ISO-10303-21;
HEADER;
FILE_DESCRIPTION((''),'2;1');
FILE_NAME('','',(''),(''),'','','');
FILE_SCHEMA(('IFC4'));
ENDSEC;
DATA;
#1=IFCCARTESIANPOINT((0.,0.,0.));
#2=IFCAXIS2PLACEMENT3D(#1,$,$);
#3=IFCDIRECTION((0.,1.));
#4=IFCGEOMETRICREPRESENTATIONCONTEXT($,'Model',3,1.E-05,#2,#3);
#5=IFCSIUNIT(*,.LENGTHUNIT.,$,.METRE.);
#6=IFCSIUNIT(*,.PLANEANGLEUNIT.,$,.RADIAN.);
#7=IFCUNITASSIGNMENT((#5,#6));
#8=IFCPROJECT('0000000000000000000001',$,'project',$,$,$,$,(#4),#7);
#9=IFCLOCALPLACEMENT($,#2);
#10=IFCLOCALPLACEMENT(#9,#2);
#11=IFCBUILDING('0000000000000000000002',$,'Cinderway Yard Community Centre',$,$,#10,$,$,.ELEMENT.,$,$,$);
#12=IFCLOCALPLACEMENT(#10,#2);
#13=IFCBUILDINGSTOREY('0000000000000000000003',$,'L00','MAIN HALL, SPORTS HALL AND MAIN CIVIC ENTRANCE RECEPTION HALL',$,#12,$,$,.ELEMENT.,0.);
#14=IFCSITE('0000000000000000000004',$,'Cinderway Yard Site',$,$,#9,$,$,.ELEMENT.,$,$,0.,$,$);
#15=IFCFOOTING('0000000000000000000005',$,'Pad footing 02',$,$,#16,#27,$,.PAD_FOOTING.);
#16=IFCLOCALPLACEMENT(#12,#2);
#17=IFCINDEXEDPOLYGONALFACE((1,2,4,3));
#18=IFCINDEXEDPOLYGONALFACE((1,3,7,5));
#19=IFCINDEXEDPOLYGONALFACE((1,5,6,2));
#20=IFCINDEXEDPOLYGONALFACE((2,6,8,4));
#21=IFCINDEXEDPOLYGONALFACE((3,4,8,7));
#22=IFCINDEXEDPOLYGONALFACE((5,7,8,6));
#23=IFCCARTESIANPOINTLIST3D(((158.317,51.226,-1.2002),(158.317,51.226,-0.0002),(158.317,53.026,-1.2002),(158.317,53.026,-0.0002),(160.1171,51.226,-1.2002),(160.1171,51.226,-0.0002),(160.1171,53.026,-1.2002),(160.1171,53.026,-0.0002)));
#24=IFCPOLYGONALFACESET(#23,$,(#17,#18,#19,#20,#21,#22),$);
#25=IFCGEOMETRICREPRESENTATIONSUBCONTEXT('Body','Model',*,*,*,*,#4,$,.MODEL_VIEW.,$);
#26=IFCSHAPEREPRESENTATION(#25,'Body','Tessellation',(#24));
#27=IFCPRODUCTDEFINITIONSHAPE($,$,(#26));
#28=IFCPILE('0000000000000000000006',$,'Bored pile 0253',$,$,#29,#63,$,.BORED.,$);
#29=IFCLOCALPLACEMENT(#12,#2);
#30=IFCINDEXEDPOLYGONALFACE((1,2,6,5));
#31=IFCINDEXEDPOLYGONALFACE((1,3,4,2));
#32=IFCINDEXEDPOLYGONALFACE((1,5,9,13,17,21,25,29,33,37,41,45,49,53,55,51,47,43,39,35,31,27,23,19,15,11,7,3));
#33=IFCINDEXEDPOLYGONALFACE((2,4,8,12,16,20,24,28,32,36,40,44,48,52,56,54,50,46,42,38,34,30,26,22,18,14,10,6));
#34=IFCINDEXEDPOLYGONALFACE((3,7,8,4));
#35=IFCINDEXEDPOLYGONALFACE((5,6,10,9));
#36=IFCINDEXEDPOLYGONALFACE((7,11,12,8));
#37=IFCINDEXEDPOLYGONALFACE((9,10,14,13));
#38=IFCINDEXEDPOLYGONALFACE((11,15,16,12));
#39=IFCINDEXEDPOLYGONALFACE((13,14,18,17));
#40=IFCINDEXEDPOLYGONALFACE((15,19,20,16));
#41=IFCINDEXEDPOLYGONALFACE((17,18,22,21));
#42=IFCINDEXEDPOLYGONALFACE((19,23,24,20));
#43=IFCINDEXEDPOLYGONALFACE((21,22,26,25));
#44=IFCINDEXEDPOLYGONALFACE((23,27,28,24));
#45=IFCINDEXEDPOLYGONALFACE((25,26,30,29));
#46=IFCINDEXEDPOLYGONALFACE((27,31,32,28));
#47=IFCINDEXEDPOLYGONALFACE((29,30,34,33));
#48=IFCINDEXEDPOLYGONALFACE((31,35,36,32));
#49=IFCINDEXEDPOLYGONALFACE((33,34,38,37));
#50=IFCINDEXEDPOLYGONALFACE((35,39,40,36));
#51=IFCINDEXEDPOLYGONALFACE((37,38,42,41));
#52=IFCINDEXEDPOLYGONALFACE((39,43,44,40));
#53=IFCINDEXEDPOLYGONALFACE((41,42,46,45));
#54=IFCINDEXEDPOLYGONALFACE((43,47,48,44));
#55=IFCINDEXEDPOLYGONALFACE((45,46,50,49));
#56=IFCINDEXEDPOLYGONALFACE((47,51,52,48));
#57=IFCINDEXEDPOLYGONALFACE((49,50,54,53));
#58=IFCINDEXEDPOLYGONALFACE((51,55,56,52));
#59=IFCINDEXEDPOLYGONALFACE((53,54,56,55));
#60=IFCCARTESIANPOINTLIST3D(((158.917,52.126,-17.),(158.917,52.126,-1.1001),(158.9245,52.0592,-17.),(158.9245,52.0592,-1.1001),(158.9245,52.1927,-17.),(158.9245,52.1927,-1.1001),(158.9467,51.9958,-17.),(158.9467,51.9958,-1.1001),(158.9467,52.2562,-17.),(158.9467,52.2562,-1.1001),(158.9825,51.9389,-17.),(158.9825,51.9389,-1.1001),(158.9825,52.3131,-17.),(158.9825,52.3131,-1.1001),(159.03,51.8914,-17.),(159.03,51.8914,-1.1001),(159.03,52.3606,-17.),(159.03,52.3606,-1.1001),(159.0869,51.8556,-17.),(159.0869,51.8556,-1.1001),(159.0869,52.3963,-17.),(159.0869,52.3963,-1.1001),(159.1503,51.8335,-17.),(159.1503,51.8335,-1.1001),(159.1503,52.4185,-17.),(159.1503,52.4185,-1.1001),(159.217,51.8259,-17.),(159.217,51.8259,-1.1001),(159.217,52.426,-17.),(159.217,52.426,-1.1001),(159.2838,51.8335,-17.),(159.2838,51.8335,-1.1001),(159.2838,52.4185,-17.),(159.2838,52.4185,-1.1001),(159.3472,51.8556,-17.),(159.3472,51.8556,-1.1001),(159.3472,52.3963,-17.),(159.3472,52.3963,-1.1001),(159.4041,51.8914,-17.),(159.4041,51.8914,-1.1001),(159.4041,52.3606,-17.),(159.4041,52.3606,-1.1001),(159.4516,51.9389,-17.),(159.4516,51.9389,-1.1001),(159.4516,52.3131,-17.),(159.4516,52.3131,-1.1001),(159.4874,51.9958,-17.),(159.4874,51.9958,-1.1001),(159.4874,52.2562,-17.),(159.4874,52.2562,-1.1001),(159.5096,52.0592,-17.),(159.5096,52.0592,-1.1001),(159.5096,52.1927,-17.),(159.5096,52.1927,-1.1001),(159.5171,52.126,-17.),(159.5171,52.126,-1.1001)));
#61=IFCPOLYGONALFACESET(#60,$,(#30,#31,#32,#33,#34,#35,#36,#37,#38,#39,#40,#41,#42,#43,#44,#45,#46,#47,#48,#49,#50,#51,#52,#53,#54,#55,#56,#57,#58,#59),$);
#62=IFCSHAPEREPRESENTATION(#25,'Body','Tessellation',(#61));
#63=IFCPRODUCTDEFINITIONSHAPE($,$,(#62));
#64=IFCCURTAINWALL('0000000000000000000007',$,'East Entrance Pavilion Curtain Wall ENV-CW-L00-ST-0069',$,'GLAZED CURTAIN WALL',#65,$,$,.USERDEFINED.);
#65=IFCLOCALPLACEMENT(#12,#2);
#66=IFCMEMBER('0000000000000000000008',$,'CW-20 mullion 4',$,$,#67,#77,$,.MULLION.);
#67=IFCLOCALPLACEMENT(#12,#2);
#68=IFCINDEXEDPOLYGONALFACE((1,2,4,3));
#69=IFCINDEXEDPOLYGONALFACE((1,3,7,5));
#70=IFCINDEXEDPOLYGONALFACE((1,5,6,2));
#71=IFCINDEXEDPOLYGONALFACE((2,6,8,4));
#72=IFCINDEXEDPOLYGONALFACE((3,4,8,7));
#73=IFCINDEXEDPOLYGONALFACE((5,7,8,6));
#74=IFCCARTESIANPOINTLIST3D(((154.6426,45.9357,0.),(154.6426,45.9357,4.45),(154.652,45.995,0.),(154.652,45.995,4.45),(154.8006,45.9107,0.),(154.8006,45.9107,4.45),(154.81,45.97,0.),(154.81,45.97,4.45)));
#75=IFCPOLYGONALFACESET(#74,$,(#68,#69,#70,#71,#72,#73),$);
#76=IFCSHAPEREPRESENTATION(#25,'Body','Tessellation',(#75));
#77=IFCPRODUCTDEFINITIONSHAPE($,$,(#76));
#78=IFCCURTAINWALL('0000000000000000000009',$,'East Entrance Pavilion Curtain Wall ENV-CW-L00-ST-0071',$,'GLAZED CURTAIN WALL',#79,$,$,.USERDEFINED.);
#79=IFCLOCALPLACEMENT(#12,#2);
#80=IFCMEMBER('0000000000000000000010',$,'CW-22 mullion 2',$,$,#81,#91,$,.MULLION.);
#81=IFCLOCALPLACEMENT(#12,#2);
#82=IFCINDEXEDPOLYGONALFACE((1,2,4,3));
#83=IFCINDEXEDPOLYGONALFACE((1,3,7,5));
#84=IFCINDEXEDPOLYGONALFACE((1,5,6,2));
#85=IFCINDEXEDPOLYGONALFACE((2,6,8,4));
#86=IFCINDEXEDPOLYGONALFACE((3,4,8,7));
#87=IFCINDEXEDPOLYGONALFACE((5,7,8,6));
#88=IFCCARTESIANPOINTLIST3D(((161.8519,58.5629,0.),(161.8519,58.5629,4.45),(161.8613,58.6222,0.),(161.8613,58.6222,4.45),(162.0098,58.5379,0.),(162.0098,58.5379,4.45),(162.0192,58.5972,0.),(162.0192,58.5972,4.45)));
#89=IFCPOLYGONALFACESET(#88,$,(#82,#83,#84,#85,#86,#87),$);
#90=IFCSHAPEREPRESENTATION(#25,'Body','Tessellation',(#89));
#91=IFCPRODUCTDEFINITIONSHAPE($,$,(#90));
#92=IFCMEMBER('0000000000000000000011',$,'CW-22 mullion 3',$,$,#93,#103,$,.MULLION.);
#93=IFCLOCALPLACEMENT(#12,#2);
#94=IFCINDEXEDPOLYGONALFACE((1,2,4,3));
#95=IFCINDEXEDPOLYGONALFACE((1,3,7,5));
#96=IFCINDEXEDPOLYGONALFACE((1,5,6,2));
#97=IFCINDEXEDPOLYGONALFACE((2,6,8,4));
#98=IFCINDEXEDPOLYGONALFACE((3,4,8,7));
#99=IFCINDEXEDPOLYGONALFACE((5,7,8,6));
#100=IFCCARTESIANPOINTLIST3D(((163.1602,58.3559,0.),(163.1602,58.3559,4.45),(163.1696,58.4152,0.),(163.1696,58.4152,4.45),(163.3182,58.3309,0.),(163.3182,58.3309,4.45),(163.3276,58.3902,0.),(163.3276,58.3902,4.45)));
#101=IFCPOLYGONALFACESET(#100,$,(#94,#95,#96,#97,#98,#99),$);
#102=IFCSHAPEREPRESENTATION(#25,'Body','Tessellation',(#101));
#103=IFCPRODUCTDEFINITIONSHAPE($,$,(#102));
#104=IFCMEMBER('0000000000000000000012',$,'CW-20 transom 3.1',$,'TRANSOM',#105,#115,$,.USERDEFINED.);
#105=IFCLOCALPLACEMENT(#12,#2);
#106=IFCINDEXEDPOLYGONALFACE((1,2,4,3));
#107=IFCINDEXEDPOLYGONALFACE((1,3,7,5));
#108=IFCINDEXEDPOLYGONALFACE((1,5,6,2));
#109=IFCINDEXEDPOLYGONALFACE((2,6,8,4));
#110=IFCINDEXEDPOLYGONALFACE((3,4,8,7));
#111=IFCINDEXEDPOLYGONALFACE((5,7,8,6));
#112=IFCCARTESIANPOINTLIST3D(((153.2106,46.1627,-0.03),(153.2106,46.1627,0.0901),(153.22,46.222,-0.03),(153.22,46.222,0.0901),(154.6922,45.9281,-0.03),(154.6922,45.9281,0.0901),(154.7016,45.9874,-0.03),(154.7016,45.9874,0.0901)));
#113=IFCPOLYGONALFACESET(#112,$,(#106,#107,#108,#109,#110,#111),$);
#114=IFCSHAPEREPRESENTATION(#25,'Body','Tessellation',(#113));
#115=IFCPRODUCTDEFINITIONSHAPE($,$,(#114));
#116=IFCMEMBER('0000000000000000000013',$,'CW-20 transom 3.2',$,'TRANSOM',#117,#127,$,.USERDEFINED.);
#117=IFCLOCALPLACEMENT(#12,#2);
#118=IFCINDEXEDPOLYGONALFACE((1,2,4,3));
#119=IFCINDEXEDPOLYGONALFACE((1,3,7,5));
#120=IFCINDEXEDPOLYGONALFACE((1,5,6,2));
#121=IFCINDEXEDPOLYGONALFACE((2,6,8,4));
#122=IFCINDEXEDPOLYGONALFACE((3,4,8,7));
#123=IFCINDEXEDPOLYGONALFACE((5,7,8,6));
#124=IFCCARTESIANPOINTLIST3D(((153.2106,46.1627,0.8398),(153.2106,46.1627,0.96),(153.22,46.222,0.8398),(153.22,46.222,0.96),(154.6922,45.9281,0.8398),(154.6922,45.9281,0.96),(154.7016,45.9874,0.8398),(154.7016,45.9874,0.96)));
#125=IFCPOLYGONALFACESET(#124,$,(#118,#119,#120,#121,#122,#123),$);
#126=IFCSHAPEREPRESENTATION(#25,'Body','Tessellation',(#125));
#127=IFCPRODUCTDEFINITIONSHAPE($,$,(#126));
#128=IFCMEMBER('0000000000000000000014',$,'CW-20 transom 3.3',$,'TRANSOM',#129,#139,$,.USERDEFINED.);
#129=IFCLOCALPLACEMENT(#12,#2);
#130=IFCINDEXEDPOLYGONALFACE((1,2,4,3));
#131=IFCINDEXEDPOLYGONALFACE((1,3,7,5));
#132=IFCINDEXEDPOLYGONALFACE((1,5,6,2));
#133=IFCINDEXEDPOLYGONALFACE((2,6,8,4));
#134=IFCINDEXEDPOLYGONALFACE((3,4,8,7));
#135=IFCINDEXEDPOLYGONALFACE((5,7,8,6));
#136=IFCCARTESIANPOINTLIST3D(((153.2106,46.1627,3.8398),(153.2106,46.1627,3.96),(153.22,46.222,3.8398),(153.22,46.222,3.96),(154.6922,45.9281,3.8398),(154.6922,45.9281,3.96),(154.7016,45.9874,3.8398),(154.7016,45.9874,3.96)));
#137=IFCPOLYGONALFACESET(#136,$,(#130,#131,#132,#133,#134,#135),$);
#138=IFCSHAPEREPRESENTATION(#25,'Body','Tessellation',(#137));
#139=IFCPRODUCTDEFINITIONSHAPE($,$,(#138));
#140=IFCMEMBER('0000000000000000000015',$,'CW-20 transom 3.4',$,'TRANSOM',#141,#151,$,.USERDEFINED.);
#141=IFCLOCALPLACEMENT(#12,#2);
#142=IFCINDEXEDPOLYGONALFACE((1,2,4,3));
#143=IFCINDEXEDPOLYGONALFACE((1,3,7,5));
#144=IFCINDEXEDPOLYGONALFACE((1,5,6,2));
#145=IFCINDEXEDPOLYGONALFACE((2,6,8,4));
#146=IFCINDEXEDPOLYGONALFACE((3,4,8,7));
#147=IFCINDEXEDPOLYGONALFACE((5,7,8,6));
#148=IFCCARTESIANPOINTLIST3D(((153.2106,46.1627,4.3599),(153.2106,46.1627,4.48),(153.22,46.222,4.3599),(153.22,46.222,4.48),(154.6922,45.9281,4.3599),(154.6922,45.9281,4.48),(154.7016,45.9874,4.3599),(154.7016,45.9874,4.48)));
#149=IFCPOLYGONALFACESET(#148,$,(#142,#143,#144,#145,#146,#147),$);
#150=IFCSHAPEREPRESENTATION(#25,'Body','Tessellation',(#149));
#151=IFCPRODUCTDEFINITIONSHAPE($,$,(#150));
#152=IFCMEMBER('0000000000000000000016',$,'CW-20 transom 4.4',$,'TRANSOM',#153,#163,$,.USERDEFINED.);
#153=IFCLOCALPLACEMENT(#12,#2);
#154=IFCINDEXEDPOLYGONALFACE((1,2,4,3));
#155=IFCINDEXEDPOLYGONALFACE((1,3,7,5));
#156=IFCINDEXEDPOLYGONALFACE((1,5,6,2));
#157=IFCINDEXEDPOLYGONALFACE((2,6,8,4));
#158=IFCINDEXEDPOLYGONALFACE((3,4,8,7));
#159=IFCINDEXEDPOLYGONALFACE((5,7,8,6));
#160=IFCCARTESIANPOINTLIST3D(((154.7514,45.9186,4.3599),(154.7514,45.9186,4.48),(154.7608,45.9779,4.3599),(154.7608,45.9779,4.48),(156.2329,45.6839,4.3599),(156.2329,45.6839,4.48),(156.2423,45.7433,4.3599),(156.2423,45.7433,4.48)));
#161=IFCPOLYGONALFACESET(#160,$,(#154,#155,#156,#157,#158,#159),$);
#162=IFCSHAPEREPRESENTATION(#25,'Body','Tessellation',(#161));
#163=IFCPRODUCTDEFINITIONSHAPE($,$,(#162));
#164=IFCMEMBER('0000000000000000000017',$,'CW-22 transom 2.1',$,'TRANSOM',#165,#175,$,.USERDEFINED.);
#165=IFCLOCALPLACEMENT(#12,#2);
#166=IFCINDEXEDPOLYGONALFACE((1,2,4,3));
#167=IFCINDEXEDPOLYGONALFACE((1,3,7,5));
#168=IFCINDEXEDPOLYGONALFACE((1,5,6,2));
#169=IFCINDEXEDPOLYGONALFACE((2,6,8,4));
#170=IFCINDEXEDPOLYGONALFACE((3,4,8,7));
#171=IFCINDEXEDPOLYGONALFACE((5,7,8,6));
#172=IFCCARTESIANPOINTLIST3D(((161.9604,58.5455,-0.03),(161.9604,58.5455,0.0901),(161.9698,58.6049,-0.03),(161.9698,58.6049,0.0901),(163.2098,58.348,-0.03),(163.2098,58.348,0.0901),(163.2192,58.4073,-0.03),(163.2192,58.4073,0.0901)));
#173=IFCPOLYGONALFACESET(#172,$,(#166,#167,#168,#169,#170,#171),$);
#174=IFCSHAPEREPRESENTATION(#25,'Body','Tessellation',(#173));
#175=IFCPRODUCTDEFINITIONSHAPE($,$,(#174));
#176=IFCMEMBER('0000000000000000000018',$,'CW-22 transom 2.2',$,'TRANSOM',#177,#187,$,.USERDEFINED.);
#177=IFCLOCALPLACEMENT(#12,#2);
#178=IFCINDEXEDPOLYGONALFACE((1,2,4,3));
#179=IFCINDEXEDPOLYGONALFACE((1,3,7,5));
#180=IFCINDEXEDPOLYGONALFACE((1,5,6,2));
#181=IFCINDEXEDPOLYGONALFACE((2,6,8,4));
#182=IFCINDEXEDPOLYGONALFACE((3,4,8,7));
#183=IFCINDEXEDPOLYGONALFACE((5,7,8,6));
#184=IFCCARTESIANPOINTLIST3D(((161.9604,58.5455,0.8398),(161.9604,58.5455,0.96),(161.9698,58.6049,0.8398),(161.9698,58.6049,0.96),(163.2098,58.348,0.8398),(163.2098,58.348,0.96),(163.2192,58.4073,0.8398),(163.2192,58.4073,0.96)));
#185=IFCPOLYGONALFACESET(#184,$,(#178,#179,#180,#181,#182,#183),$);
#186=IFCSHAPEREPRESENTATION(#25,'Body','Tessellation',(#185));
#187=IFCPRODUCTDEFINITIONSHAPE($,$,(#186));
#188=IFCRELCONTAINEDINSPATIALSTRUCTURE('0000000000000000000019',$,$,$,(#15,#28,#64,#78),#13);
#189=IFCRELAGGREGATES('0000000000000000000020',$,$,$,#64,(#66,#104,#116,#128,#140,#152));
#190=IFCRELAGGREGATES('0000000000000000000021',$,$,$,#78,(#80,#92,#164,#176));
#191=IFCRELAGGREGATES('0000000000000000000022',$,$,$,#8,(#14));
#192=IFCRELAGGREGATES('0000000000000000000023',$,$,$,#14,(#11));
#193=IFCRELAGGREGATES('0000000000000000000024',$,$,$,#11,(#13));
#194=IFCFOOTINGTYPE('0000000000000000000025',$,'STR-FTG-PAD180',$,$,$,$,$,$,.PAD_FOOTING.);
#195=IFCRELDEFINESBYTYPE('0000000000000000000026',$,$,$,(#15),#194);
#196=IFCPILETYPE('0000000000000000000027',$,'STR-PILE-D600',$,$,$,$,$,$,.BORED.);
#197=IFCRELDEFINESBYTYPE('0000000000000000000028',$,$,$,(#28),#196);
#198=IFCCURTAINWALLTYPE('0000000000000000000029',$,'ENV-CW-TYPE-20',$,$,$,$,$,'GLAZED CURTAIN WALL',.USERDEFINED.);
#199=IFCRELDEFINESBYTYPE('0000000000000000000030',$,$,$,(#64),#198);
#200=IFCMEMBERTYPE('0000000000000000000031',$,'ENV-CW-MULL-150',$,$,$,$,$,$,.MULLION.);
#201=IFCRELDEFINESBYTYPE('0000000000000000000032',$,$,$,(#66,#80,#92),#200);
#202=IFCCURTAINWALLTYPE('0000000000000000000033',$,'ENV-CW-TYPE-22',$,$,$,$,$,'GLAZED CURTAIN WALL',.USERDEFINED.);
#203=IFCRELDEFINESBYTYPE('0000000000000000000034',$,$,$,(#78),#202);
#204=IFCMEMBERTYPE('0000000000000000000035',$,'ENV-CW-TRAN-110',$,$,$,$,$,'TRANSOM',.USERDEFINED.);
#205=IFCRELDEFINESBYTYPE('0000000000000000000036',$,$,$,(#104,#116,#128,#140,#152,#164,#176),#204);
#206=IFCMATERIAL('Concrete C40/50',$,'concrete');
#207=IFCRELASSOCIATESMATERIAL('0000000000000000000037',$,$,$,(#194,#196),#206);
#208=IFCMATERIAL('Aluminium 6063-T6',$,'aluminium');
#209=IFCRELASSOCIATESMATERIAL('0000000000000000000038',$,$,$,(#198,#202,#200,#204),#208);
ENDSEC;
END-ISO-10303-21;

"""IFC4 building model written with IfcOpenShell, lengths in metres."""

from ifc_helpers import new_model, si_unit, direction, frame, origin, origin_2d, place, context, subcontext, project, spatial, rectangle, circle, extrude, material, material_profile, profile_set, type_object, element, aggregate, save


model = new_model("IFC4")

# Units and contexts
model_context = context("Model", 3, precision=1e-05, world=origin(), true_north=direction((0.0, 1.0)))
body_context = subcontext(model_context, "Body", "Model", "MODEL_VIEW")
ifc_project = project(units=[si_unit("LENGTHUNIT", "METRE"), si_unit("PLANEANGLEUNIT", "RADIAN")], contexts=[model_context])

# Site, building, storey
site_placement = place(None, origin())
site = spatial("IfcSite", under=ifc_project, at=site_placement, Name="Cinderway Yard Site", CompositionType="ELEMENT", RefElevation=0.0)
building_placement = place(site_placement, origin())
building = spatial("IfcBuilding", under=site, at=building_placement, Name="Cinderway Yard Community Centre", CompositionType="ELEMENT")
storey_placement = place(building_placement, origin())
storey = spatial("IfcBuildingStorey", under=building, at=storey_placement, Name="L00", Description="MAIN HALL, SPORTS HALL AND MAIN CIVIC ENTRANCE RECEPTION HALL", CompositionType="ELEMENT", Elevation=0.0)

# Footing
ifc_material_1 = material(Name="Concrete C40/50", Category="concrete")
footing_type = type_object("IfcFootingType", Name="STR-FTG-PAD180", PredefinedType="PAD_FOOTING", material=ifc_material_1)
footing_placement = place(storey_placement, frame((159.217, 52.126, -1.2002), z_axis=(0.0, 0.0, 1.0), x_axis=(1.0, 0.0, 0.0)))
element("IfcFooting", 1, at=footing_placement, inside=storey, type_object=footing_type, Name="Pad footing 02", PredefinedType="PAD_FOOTING", context=body_context, shape_type="SweptSolid", body=[
    extrude(rectangle(XDim=1.8, YDim=1.8, at=origin_2d()), origin(), (0.0, 0.0, 1.0), 1.2),
])

# Pile
ifc_material_profile_1 = material_profile(ifc_material_1, circle(Radius=0.3, at=origin_2d()), Name="Concrete C40/50")
ifc_profile_set_1 = profile_set([ifc_material_profile_1], Name="Concrete C40/50")
pile_type = type_object("IfcPileType", Name="STR-PILE-D600", PredefinedType="BORED", material=ifc_profile_set_1)
pile_placement = place(storey_placement, frame((159.217, 52.126, -1.1001), z_axis=(0.0, 0.0, -1.0), x_axis=(1.0, 0.0, 0.0)))
element("IfcPile", 2, at=pile_placement, inside=storey, type_object=pile_type, Name="Bored pile 0253", PredefinedType="BORED", context=body_context, shape_type="SweptSolid", body=[
    extrude(circle(Radius=0.3, at=origin_2d()), origin(), (0.0, 0.0, 1.0), 15.8999),
])

# Curtain wall, member
ifc_material_2 = material(Name="Aluminium 6063-T6", Category="aluminium")
curtain_wall_type_1 = type_object("IfcCurtainWallType", Name="ENV-CW-TYPE-20", ElementType="GLAZED CURTAIN WALL", PredefinedType="USERDEFINED", material=ifc_material_2)
curtain_wall_1_placement = place(storey_placement, origin())
curtain_wall_1 = element("IfcCurtainWall", 3, at=curtain_wall_1_placement, inside=storey, type_object=curtain_wall_type_1, Name="East Entrance Pavilion Curtain Wall ENV-CW-L00-ST-0069", ObjectType="GLAZED CURTAIN WALL", PredefinedType="USERDEFINED")
ifc_material_profile_2 = material_profile(ifc_material_2, rectangle(XDim=0.0601, YDim=0.1599, at=origin_2d()), Name="Aluminium 6063-T6")
ifc_profile_set_2 = profile_set([ifc_material_profile_2], Name="Aluminium 6063-T6")
member_type_1 = type_object("IfcMemberType", Name="ENV-CW-MULL-150", PredefinedType="MULLION", material=ifc_profile_set_2)
member_1_placement = place(storey_placement, frame((154.7263, 45.9529, 0.0), z_axis=(0.0, 0.0, 1.0), x_axis=(0.15641, 0.987692, 0.0)))
member_1 = element("IfcMember", 4, at=member_1_placement, type_object=member_type_1, Name="CW-20 mullion 4", PredefinedType="MULLION", context=body_context, shape_type="SweptSolid", body=[
    extrude(rectangle(XDim=0.0601, YDim=0.1599, at=origin_2d()), origin(), (0.0, 0.0, 1.0), 4.45),
])

# Curtain wall, members
curtain_wall_type_2 = type_object("IfcCurtainWallType", Name="ENV-CW-TYPE-22", ElementType="GLAZED CURTAIN WALL", PredefinedType="USERDEFINED", material=ifc_material_2)
curtain_wall_2_placement = place(storey_placement, origin())
curtain_wall_2 = element("IfcCurtainWall", 5, at=curtain_wall_2_placement, inside=storey, type_object=curtain_wall_type_2, Name="East Entrance Pavilion Curtain Wall ENV-CW-L00-ST-0071", ObjectType="GLAZED CURTAIN WALL", PredefinedType="USERDEFINED")
member_2_placement = place(storey_placement, frame((161.9355, 58.5801, 0.0), z_axis=(0.0, 0.0, 1.0), x_axis=(0.156253, 0.987717, 0.0)))
member_2 = element("IfcMember", 6, at=member_2_placement, type_object=member_type_1, Name="CW-22 mullion 2", PredefinedType="MULLION", context=body_context, shape_type="SweptSolid", body=[
    extrude(rectangle(XDim=0.0601, YDim=0.1599, at=origin_2d()), origin(), (0.0, 0.0, 1.0), 4.45),
])
member_3_placement = place(storey_placement, frame((163.2439, 58.373, 0.0), z_axis=(0.0, 0.0, 1.0), x_axis=(0.156253, 0.987717, 0.0)))
member_3 = element("IfcMember", 7, at=member_3_placement, type_object=member_type_1, Name="CW-22 mullion 3", PredefinedType="MULLION", context=body_context, shape_type="SweptSolid", body=[
    extrude(rectangle(XDim=0.0601, YDim=0.1599, at=origin_2d()), origin(), (0.0, 0.0, 1.0), 4.45),
])

# Members
ifc_material_profile_3 = material_profile(ifc_material_2, rectangle(XDim=0.0601, YDim=0.1201, at=origin_2d()), Name="Aluminium 6063-T6")
ifc_profile_set_3 = profile_set([ifc_material_profile_3], Name="Aluminium 6063-T6")
member_type_2 = type_object("IfcMemberType", Name="ENV-CW-TRAN-110", ElementType="TRANSOM", PredefinedType="USERDEFINED", material=ifc_profile_set_3)
member_4_placement = place(storey_placement, frame((153.2153, 46.1924, 0.03), z_axis=(0.98769, -0.156422, 0.0), x_axis=(0.156422, 0.98769, 0.0)))
member_4 = element("IfcMember", 8, at=member_4_placement, type_object=member_type_2, Name="CW-20 transom 3.1", ObjectType="TRANSOM", PredefinedType="USERDEFINED", context=body_context, shape_type="SweptSolid", body=[
    extrude(rectangle(XDim=0.0601, YDim=0.1201, at=origin_2d()), origin(), (0.0, 0.0, 1.0), 1.5),
])
member_5_placement = place(storey_placement, frame((153.2153, 46.1924, 0.8999), z_axis=(0.98769, -0.156422, 0.0), x_axis=(0.156422, 0.98769, 0.0)))
member_5 = element("IfcMember", 9, at=member_5_placement, type_object=member_type_2, Name="CW-20 transom 3.2", ObjectType="TRANSOM", PredefinedType="USERDEFINED", context=body_context, shape_type="SweptSolid", body=[
    extrude(rectangle(XDim=0.0601, YDim=0.1201, at=origin_2d()), origin(), (0.0, 0.0, 1.0), 1.5),
])
member_6_placement = place(storey_placement, frame((153.2153, 46.1924, 3.8999), z_axis=(0.98769, -0.156422, 0.0), x_axis=(0.156422, 0.98769, 0.0)))
member_6 = element("IfcMember", 10, at=member_6_placement, type_object=member_type_2, Name="CW-20 transom 3.3", ObjectType="TRANSOM", PredefinedType="USERDEFINED", context=body_context, shape_type="SweptSolid", body=[
    extrude(rectangle(XDim=0.0601, YDim=0.1201, at=origin_2d()), origin(), (0.0, 0.0, 1.0), 1.5),
])
member_7_placement = place(storey_placement, frame((153.2153, 46.1924, 4.4199), z_axis=(0.98769, -0.156422, 0.0), x_axis=(0.156422, 0.98769, 0.0)))
member_7 = element("IfcMember", 11, at=member_7_placement, type_object=member_type_2, Name="CW-20 transom 3.4", ObjectType="TRANSOM", PredefinedType="USERDEFINED", context=body_context, shape_type="SweptSolid", body=[
    extrude(rectangle(XDim=0.0601, YDim=0.1201, at=origin_2d()), origin(), (0.0, 0.0, 1.0), 1.5),
])
member_8_placement = place(storey_placement, frame((154.7561, 45.9482, 4.4199), z_axis=(0.98769, -0.156422, 0.0), x_axis=(0.156422, 0.98769, 0.0)))
member_8 = element("IfcMember", 12, at=member_8_placement, type_object=member_type_2, Name="CW-20 transom 4.4", ObjectType="TRANSOM", PredefinedType="USERDEFINED", context=body_context, shape_type="SweptSolid", body=[
    extrude(rectangle(XDim=0.0601, YDim=0.1201, at=origin_2d()), origin(), (0.0, 0.0, 1.0), 1.5),
])
member_9_placement = place(storey_placement, frame((161.9651, 58.5752, 0.03), z_axis=(0.987732, -0.156161, 0.0), x_axis=(0.156161, 0.987732, 0.0)))
member_9 = element("IfcMember", 13, at=member_9_placement, type_object=member_type_2, Name="CW-22 transom 2.1", ObjectType="TRANSOM", PredefinedType="USERDEFINED", context=body_context, shape_type="SweptSolid", body=[
    extrude(rectangle(XDim=0.0601, YDim=0.1201, at=origin_2d()), origin(), (0.0, 0.0, 1.0), 1.2649),
])
member_10_placement = place(storey_placement, frame((161.9651, 58.5752, 0.8999), z_axis=(0.987732, -0.156161, 0.0), x_axis=(0.156161, 0.987732, 0.0)))
member_10 = element("IfcMember", 14, at=member_10_placement, type_object=member_type_2, Name="CW-22 transom 2.2", ObjectType="TRANSOM", PredefinedType="USERDEFINED", context=body_context, shape_type="SweptSolid", body=[
    extrude(rectangle(XDim=0.0601, YDim=0.1201, at=origin_2d()), origin(), (0.0, 0.0, 1.0), 1.2649),
])

aggregate(curtain_wall_1, [member_1, member_4, member_5, member_6, member_7, member_8])
aggregate(curtain_wall_2, [member_2, member_3, member_9, member_10])

save(model, "model.ifc")
